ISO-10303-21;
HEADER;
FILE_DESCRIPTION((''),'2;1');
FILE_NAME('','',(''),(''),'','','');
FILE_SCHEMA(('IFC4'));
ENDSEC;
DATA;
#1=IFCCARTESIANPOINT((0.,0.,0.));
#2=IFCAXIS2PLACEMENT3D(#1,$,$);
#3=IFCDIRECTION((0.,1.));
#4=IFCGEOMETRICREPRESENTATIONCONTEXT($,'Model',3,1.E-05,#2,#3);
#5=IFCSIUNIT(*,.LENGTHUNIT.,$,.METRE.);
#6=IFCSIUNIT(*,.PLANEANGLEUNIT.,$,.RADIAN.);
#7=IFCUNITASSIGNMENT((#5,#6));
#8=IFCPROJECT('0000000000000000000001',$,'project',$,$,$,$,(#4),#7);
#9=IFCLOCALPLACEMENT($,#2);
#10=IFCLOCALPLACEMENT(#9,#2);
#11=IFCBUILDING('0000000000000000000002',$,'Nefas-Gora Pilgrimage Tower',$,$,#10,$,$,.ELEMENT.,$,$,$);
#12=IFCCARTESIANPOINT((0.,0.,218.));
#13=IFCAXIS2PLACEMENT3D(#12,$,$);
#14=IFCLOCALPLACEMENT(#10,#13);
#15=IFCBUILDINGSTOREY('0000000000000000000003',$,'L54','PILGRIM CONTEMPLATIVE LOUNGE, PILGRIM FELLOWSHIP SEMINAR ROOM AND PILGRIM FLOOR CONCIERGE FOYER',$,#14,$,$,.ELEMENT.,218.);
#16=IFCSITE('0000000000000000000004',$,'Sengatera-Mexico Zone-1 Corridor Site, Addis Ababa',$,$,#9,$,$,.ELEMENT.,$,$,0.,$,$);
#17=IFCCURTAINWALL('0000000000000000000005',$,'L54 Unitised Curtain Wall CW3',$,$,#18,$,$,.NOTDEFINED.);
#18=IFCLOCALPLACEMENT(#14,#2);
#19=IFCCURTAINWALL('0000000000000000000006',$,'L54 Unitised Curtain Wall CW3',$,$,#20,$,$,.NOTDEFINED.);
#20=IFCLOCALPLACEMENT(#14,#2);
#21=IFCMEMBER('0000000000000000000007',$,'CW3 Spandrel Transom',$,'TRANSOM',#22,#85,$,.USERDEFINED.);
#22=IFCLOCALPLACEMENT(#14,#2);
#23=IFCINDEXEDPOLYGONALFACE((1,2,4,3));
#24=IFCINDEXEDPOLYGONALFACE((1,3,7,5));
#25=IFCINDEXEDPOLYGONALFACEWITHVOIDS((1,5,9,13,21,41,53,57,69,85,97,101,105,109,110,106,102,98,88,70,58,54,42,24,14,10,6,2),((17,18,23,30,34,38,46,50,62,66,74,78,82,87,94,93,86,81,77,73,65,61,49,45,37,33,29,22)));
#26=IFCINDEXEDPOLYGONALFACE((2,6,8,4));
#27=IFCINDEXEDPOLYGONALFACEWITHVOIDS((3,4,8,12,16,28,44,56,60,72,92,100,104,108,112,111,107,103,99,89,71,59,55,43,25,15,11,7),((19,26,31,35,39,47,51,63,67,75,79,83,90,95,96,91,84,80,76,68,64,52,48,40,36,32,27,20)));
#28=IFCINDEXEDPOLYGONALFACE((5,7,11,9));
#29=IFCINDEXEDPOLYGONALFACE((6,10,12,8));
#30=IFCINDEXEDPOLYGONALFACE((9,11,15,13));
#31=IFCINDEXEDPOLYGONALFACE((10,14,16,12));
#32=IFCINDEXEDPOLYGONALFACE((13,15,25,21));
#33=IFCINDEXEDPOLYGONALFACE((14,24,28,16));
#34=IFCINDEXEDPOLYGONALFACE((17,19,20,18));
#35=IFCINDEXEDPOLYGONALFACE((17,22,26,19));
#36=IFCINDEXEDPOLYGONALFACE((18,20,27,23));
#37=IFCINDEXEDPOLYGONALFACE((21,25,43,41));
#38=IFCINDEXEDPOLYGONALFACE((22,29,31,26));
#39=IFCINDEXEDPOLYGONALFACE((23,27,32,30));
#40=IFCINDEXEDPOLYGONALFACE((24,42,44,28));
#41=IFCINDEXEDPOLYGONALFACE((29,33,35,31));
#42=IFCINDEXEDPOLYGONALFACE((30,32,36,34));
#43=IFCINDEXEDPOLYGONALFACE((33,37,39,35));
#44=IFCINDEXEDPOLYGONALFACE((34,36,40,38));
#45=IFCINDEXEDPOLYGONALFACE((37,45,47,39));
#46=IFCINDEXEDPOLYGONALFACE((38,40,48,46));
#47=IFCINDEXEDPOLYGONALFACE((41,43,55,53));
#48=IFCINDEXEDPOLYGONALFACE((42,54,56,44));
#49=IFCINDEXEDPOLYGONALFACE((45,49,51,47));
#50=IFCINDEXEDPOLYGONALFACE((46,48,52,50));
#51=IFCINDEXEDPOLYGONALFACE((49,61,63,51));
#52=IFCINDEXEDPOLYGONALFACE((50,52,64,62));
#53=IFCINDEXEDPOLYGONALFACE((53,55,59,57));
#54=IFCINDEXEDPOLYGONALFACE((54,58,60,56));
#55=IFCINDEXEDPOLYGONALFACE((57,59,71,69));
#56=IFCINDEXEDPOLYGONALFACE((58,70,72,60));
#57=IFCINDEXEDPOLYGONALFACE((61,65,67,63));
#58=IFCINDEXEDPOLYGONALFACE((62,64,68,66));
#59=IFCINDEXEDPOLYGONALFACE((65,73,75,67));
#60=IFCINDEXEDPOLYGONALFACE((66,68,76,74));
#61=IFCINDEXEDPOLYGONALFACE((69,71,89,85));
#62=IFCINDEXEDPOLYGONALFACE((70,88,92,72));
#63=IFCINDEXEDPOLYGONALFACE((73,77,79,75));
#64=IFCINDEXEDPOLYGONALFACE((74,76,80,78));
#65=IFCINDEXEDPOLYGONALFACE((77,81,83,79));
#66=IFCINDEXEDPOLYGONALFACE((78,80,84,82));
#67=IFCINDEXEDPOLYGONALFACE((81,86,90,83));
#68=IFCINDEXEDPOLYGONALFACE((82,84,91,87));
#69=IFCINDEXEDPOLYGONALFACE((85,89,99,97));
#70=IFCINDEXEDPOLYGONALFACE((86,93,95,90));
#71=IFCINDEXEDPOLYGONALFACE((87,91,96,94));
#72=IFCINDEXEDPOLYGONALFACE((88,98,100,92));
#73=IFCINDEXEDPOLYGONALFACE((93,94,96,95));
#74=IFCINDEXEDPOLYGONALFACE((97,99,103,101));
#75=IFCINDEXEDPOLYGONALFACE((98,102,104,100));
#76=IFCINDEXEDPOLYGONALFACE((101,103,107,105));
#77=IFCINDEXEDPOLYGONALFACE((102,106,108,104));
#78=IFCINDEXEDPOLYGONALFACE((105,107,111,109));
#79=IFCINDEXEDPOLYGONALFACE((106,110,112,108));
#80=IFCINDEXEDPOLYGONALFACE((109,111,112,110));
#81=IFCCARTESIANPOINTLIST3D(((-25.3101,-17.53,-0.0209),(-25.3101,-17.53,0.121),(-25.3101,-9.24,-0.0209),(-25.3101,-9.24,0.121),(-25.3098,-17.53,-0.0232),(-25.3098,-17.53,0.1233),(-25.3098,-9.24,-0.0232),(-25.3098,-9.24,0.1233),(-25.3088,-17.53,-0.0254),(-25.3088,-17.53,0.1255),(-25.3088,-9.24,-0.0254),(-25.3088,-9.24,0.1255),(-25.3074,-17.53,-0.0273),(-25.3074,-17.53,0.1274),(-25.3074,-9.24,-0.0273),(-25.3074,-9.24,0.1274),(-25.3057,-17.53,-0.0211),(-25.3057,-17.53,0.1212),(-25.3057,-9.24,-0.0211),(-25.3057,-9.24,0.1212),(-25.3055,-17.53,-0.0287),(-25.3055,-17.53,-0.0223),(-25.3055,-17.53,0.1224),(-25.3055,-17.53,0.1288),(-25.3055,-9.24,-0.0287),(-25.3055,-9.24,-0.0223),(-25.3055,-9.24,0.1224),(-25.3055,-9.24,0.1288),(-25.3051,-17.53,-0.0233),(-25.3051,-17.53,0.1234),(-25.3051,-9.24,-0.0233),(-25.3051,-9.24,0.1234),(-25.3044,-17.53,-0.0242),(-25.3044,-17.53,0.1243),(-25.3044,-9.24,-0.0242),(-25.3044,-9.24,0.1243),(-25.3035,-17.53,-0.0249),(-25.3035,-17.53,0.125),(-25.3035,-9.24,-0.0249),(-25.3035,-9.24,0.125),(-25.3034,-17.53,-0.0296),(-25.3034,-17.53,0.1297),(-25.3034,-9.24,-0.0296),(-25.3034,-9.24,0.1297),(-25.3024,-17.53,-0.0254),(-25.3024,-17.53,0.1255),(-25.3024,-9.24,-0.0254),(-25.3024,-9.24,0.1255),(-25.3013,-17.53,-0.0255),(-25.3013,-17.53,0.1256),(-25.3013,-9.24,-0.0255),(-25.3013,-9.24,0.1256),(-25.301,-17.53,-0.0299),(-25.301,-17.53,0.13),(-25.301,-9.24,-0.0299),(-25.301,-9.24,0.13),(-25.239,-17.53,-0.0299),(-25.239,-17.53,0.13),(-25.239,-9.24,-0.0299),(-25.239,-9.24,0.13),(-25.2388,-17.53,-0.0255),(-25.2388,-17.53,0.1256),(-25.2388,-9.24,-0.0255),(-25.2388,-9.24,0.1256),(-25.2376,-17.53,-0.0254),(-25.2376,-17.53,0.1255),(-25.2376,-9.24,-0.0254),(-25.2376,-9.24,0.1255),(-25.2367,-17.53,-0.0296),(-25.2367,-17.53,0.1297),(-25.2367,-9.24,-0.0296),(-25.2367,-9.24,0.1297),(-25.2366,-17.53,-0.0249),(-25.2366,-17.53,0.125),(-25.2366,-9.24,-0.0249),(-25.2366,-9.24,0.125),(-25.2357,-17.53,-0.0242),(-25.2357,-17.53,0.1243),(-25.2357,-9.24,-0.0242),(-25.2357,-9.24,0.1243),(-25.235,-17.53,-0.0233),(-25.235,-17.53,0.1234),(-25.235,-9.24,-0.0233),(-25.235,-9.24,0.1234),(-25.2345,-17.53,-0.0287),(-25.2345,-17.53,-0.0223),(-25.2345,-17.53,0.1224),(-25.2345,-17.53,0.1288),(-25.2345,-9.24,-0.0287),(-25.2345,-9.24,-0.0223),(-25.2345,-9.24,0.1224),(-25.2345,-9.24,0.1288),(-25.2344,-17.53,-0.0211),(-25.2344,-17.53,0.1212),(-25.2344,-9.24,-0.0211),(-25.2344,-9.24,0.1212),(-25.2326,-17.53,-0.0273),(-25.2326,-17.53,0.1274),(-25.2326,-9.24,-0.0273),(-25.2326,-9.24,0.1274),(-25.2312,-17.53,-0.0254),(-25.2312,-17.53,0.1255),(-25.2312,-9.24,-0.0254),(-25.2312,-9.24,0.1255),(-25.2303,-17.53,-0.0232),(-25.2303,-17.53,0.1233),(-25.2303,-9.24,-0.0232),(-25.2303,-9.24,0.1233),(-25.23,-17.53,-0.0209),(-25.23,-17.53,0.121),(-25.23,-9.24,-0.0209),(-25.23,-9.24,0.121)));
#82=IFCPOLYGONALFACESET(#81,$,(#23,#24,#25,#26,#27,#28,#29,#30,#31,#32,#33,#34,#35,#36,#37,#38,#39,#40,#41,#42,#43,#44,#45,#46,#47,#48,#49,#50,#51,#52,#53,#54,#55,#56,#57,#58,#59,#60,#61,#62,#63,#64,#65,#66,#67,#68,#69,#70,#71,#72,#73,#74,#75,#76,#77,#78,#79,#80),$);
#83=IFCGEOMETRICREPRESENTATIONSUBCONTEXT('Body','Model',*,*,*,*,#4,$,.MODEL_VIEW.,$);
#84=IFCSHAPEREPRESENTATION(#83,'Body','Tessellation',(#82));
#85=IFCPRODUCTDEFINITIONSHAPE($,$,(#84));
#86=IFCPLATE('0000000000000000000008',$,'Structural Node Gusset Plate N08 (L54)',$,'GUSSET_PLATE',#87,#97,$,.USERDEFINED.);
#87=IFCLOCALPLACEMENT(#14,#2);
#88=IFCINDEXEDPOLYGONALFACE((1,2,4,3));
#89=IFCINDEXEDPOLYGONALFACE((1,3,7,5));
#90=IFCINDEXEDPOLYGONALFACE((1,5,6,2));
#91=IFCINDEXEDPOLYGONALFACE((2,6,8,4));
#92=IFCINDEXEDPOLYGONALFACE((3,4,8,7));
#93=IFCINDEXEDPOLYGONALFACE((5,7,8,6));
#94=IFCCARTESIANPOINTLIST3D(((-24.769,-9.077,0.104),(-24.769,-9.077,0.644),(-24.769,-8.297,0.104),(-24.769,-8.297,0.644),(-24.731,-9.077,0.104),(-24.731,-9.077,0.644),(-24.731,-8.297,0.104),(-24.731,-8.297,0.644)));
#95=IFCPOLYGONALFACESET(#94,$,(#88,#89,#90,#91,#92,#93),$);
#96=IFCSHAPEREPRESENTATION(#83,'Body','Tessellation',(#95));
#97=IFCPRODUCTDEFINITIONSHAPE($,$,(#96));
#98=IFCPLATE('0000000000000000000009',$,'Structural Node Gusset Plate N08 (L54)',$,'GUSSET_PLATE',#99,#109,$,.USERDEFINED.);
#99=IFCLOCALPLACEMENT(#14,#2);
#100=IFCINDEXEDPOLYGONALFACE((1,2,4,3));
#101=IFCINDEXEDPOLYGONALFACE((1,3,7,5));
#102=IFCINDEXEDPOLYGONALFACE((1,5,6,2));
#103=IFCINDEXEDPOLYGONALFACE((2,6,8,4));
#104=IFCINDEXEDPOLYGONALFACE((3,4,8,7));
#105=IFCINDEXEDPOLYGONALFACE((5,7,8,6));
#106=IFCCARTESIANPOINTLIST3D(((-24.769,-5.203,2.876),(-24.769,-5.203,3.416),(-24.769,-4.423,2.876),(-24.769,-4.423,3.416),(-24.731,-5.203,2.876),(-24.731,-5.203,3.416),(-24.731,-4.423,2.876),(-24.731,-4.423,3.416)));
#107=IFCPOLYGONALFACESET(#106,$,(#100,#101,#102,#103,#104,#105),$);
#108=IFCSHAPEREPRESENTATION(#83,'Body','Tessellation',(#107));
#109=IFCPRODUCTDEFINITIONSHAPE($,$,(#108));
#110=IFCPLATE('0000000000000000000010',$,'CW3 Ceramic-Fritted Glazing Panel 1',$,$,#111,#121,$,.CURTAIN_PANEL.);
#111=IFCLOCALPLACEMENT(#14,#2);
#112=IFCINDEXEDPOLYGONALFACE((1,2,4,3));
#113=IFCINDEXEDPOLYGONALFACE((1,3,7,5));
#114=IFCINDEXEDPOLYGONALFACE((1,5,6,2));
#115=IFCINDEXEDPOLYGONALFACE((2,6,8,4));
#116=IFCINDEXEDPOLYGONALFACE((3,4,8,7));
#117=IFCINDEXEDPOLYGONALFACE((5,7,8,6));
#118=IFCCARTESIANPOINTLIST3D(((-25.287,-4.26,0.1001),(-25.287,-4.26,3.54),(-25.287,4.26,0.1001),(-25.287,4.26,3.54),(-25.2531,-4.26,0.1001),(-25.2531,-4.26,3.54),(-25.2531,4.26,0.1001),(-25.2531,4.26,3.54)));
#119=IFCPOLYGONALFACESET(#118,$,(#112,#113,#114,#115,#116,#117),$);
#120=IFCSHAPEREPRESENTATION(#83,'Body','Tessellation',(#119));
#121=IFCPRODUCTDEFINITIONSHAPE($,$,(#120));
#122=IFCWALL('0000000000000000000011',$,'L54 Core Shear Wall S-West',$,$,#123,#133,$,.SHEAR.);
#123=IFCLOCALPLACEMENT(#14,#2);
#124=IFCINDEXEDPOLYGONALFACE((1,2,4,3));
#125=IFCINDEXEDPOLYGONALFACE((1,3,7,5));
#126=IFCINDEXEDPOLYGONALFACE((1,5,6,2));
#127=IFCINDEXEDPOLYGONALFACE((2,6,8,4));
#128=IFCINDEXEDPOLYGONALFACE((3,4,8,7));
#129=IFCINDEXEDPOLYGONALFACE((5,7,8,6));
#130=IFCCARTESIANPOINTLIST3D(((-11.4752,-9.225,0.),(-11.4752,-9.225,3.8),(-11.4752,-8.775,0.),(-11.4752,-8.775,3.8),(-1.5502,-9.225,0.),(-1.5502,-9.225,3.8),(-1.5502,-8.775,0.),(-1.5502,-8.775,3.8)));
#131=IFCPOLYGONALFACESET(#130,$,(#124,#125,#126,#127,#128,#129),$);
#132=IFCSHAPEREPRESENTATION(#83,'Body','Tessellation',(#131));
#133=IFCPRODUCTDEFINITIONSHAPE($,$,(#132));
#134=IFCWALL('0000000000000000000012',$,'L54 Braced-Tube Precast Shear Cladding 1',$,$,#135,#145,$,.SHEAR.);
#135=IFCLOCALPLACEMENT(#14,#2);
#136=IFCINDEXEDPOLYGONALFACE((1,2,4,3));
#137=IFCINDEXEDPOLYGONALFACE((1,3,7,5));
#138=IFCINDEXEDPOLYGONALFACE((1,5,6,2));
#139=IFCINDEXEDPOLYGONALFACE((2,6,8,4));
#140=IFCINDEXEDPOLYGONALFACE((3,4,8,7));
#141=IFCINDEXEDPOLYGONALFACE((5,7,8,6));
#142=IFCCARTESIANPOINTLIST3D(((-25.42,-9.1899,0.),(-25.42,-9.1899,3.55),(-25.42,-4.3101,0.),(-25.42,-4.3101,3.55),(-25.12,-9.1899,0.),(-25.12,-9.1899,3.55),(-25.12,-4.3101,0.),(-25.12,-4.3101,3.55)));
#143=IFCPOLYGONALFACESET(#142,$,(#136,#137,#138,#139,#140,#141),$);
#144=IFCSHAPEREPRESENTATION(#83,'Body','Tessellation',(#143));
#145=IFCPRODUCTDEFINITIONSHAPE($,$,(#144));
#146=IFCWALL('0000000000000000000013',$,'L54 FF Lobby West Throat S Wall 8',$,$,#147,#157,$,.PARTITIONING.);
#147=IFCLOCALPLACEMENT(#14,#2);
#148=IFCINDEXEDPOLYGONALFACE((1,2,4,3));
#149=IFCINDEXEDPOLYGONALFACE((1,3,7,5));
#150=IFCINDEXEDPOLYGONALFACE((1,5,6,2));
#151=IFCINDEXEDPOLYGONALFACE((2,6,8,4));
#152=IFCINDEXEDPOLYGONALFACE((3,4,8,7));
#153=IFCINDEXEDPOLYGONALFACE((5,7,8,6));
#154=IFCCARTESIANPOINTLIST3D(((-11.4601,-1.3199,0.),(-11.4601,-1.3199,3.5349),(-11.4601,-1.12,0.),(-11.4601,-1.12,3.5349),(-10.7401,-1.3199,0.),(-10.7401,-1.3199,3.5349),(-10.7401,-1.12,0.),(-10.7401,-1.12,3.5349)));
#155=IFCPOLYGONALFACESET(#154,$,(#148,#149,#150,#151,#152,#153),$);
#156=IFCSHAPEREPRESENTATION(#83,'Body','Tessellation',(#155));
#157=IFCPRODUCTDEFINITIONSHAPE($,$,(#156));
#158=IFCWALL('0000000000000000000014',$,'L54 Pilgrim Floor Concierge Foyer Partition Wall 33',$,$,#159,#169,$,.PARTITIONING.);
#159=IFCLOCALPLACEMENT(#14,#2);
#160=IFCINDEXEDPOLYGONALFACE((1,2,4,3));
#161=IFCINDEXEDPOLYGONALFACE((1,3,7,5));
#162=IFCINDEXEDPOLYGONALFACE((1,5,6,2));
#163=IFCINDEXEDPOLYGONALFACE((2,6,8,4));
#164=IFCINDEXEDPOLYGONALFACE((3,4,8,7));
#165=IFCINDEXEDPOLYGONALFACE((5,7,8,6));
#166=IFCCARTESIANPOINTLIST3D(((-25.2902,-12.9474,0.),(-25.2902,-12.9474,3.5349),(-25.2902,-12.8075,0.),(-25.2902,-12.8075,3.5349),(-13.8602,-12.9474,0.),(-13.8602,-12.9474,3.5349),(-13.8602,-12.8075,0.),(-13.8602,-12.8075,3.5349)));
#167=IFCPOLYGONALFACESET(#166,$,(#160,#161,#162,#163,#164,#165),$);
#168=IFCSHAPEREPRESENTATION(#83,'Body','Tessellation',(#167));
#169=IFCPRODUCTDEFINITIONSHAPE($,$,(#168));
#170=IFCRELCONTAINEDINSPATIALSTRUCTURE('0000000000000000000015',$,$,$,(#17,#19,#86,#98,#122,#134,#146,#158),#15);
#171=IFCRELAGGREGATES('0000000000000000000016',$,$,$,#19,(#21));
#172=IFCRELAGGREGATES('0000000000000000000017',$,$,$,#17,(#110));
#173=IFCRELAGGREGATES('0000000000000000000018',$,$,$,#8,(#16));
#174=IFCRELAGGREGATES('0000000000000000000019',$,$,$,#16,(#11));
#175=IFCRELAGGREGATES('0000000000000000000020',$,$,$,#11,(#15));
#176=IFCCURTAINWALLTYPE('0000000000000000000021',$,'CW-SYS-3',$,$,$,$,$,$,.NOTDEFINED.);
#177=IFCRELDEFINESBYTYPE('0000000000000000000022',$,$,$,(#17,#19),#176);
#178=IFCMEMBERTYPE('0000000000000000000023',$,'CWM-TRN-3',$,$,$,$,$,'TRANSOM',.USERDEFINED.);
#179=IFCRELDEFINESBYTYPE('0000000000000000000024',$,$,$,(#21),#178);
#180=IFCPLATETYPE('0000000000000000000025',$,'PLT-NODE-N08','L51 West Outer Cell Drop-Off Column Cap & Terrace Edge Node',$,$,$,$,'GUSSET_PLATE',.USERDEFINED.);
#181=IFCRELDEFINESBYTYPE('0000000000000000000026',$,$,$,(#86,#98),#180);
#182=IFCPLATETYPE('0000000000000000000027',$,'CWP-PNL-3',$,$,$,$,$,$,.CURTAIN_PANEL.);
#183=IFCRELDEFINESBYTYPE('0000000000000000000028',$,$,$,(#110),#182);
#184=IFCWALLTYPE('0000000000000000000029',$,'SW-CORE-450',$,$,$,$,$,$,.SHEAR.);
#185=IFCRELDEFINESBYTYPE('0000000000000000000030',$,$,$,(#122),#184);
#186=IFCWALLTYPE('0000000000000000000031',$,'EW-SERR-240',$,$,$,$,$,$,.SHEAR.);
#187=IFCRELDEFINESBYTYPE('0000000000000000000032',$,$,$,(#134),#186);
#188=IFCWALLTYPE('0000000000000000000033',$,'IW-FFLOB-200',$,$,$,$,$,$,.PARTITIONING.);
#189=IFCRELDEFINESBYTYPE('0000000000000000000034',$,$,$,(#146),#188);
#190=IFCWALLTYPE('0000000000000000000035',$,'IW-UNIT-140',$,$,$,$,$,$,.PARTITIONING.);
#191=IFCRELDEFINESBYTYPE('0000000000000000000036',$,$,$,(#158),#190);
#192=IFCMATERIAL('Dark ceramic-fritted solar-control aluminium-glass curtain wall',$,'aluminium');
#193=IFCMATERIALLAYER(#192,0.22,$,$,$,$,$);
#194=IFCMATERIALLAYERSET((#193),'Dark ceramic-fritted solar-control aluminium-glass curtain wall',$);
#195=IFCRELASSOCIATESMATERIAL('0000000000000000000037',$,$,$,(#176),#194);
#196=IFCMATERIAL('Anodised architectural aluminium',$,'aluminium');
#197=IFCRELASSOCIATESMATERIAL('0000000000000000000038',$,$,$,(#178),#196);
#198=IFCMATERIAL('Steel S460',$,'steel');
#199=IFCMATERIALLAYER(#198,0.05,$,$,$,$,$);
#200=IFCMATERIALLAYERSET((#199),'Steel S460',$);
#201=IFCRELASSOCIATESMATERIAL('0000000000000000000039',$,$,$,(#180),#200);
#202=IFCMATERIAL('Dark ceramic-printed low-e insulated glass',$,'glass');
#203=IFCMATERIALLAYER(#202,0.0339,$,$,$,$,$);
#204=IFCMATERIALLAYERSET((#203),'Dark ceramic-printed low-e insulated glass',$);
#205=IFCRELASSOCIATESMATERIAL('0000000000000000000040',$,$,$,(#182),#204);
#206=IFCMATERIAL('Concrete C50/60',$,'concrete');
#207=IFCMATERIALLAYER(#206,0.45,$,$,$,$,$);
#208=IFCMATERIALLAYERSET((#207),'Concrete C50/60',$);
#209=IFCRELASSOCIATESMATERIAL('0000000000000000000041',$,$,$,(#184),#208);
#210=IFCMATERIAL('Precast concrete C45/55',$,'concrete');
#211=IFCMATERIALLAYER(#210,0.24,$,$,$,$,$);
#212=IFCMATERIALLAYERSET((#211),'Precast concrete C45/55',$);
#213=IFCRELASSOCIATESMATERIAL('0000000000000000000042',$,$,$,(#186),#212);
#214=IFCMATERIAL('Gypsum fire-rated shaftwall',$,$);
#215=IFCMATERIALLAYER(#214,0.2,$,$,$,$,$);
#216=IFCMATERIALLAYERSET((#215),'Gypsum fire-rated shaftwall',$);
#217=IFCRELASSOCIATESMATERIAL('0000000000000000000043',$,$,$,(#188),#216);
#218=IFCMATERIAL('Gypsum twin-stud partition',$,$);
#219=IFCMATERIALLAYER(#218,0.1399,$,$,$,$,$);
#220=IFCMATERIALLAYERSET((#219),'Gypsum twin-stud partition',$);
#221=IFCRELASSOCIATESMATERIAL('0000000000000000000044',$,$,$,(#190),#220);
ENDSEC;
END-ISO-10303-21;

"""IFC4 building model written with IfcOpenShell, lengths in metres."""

from ifc_helpers import new_model, si_unit, direction, frame, frame_2d, origin, origin_2d, place, context, subcontext, project, spatial, rectangle, hollow_rectangle, extrude, source, transform, mapped, material, layer, layer_set, material_profile, profile_set, type_object, element, aggregate, save


model = new_model("IFC4")

# Units and contexts
model_context = context("Model", 3, precision=1e-05, world=origin(), true_north=direction((0.0, 1.0)))
body_context = subcontext(model_context, "Body", "Model", "MODEL_VIEW")
ifc_project = project(units=[si_unit("LENGTHUNIT", "METRE"), si_unit("PLANEANGLEUNIT", "RADIAN")], contexts=[model_context])

# Site, building, storey
site_placement = place(None, origin())
site = spatial("IfcSite", under=ifc_project, at=site_placement, Name="Sengatera-Mexico Zone-1 Corridor Site, Addis Ababa", CompositionType="ELEMENT", RefElevation=0.0)
building_placement = place(site_placement, origin())
building = spatial("IfcBuilding", under=site, at=building_placement, Name="Nefas-Gora Pilgrimage Tower", CompositionType="ELEMENT")
storey_placement = place(building_placement, frame((0.0, 0.0, 218.0)))
storey = spatial("IfcBuildingStorey", under=building, at=storey_placement, Name="L54", Description="PILGRIM CONTEMPLATIVE LOUNGE, PILGRIM FELLOWSHIP SEMINAR ROOM AND PILGRIM FLOOR CONCIERGE FOYER", CompositionType="ELEMENT", Elevation=218.0)

# Shared definitions
ifc_material_1 = material(Name="Steel S460", Category="steel")

# Curtain wall
ifc_material_2 = material(Name="Dark ceramic-fritted solar-control aluminium-glass curtain wall", Category="aluminium")
ifc_layer_1 = layer(ifc_material_2, 0.22)
ifc_layer_set_1 = layer_set([ifc_layer_1], Name="Dark ceramic-fritted solar-control aluminium-glass curtain wall")
curtain_wall_type = type_object("IfcCurtainWallType", Name="CW-SYS-3", PredefinedType="NOTDEFINED", material=ifc_layer_set_1)
curtain_wall_1_placement = place(storey_placement, origin())
curtain_wall_1 = element("IfcCurtainWall", 1, at=curtain_wall_1_placement, inside=storey, type_object=curtain_wall_type, Name="L54 Unitised Curtain Wall CW3", PredefinedType="NOTDEFINED")
ifc_material_3 = material(Name="Anodised architectural aluminium", Category="aluminium")

# Curtain wall, member
curtain_wall_2_placement = place(storey_placement, origin())
curtain_wall_2 = element("IfcCurtainWall", 2, at=curtain_wall_2_placement, inside=storey, type_object=curtain_wall_type, Name="L54 Unitised Curtain Wall CW3", PredefinedType="NOTDEFINED")
ifc_material_profile_1 = material_profile(ifc_material_3, hollow_rectangle(XDim=0.0801, YDim=0.1599, WallThickness=0.0044, InnerFilletRadius=0.0044, OuterFilletRadius=0.009, at=origin_2d()), Name="ALU TRANSOM 80x160")
ifc_profile_set_1 = profile_set([ifc_material_profile_1], Name="Anodised architectural aluminium")
member_type_1 = type_object("IfcMemberType", Name="CWM-TRN-3", ElementType="TRANSOM", PredefinedType="USERDEFINED", material=ifc_profile_set_1)
shared_shape_1 = source(origin(), body_context, "Body", "SweptSolid", [
    extrude(hollow_rectangle(XDim=0.0801, YDim=0.1599, WallThickness=0.0044, InnerFilletRadius=0.0044, OuterFilletRadius=0.009, at=origin_2d()), origin(), (0.0, 0.0, 1.0), 8.29),
])
member_1_placement = place(storey_placement, frame((-25.27, -9.24, 0.05), z_axis=(0.0, -1.0, 0.0), x_axis=(1.0, 0.0, 0.0)))
member_1 = element("IfcMember", 3, at=member_1_placement, type_object=member_type_1, Name="CW3 Spandrel Transom", ObjectType="TRANSOM", PredefinedType="USERDEFINED", context=body_context, shape_type="MappedRepresentation", body=[
    mapped(shared_shape_1, transform((0.0, 0.0, 0.0), x_axis=(1.0, 0.0, 0.0), y_axis=(0.0, 1.0, 0.0), z_axis=(0.0, 0.0, 1.0), scale=1.0)),
])
aggregate(curtain_wall_2, [member_1])

# Plates
ifc_layer_2 = layer(ifc_material_1, 0.05)
ifc_layer_set_2 = layer_set([ifc_layer_2], Name="Steel S460")
plate_type_1 = type_object("IfcPlateType", Name="PLT-NODE-N08", Description="L51 West Outer Cell Drop-Off Column Cap & Terrace Edge Node", ElementType="GUSSET_PLATE", PredefinedType="USERDEFINED", material=ifc_layer_set_2)
shared_shape_2 = source(origin(), body_context, "Body", "SweptSolid", [
    extrude(rectangle(XDim=0.78, YDim=0.0381, at=origin_2d()), origin(), (0.0, 0.0, 1.0), 0.54),
])
for number, where, z_axis, x_axis, name in (
    (4, (-24.75, -8.687, 0.104), (0.0, 0.0, 1.0), (0.0, 1.0, 0.0), "Structural Node Gusset Plate N08 (L54)"),
    (5, (-24.75, -4.813, 2.876), (0.0, 0.0, 1.0), (0.0, 1.0, 0.0), "Structural Node Gusset Plate N08 (L54)"),
):
    element("IfcPlate", number, at=place(storey_placement, frame(where, z_axis=z_axis, x_axis=x_axis)), inside=storey, type_object=plate_type_1, Name=name, ObjectType="GUSSET_PLATE", PredefinedType="USERDEFINED", context=body_context, shape_type="MappedRepresentation", body=[
        mapped(shared_shape_2, transform((0.0, 0.0, 0.0), x_axis=(1.0, 0.0, 0.0), y_axis=(0.0, 1.0, 0.0), z_axis=(0.0, 0.0, 1.0), scale=1.0)),
    ])

# Plate
ifc_material_4 = material(Name="Dark ceramic-printed low-e insulated glass", Category="glass")
ifc_layer_3 = layer(ifc_material_4, 0.0339)
ifc_layer_set_3 = layer_set([ifc_layer_3], Name="Dark ceramic-printed low-e insulated glass")
plate_type_2 = type_object("IfcPlateType", Name="CWP-PNL-3", PredefinedType="CURTAIN_PANEL", material=ifc_layer_set_3)
shared_shape_3 = source(origin(), body_context, "Body", "SweptSolid", [
    extrude(rectangle(XDim=8.52, YDim=0.0339, at=origin_2d()), origin(), (0.0, 0.0, 1.0), 3.4399),
])
plate_placement = place(storey_placement, frame((-25.27, 0.0, 0.1001), z_axis=(0.0, 0.0, 1.0), x_axis=(0.0, -1.0, 0.0)))
plate = element("IfcPlate", 6, at=plate_placement, type_object=plate_type_2, Name="CW3 Ceramic-Fritted Glazing Panel 1", PredefinedType="CURTAIN_PANEL", context=body_context, shape_type="MappedRepresentation", body=[
    mapped(shared_shape_3, transform((0.0, 0.0, 0.0), x_axis=(1.0, 0.0, 0.0), y_axis=(0.0, 1.0, 0.0), z_axis=(0.0, 0.0, 1.0), scale=1.0)),
])
aggregate(curtain_wall_1, [plate])

# Walls
ifc_material_5 = material(Name="Concrete C50/60", Category="concrete")
ifc_layer_4 = layer(ifc_material_5, 0.45)
ifc_layer_set_4 = layer_set([ifc_layer_4], Name="Concrete C50/60")
wall_type_1 = type_object("IfcWallType", Name="SW-CORE-450", PredefinedType="SHEAR", material=ifc_layer_set_4)
shared_shape_4 = source(origin(), body_context, "Body", "SweptSolid", [
    extrude(rectangle(XDim=9.925, YDim=0.45, at=frame_2d((4.9624, 0.0))), origin(), (0.0, 0.0, 1.0), 3.8),
])
wall_1_placement = place(storey_placement, frame((-11.4751, -9.0, 0.0), z_axis=(0.0, 0.0, 1.0), x_axis=(1.0, 0.0, 0.0)))
element("IfcWall", 7, at=wall_1_placement, inside=storey, type_object=wall_type_1, Name="L54 Core Shear Wall S-West", PredefinedType="SHEAR", context=body_context, shape_type="MappedRepresentation", body=[
    mapped(shared_shape_4, transform((0.0, 0.0, 0.0), x_axis=(1.0, 0.0, 0.0), y_axis=(0.0, 1.0, 0.0), z_axis=(0.0, 0.0, 1.0), scale=1.0)),
])
ifc_material_6 = material(Name="Precast concrete C45/55", Category="concrete")
ifc_layer_5 = layer(ifc_material_6, 0.24)
ifc_layer_set_5 = layer_set([ifc_layer_5], Name="Precast concrete C45/55")
wall_type_2 = type_object("IfcWallType", Name="EW-SERR-240", PredefinedType="SHEAR", material=ifc_layer_set_5)
shared_shape_5 = source(origin(), body_context, "Body", "SweptSolid", [
    extrude(rectangle(XDim=4.8799, YDim=0.3, at=frame_2d((2.4399, 0.0))), origin(), (0.0, 0.0, 1.0), 3.55),
])
wall_2_placement = place(storey_placement, frame((-25.27, -9.1899, 0.0), z_axis=(0.0, 0.0, 1.0), x_axis=(0.0, 1.0, 0.0)))
element("IfcWall", 8, at=wall_2_placement, inside=storey, type_object=wall_type_2, Name="L54 Braced-Tube Precast Shear Cladding 1", PredefinedType="SHEAR", context=body_context, shape_type="MappedRepresentation", body=[
    mapped(shared_shape_5, transform((0.0, 0.0, 0.0), x_axis=(1.0, 0.0, 0.0), y_axis=(0.0, 1.0, 0.0), z_axis=(0.0, 0.0, 1.0), scale=1.0)),
])
ifc_material_7 = material(Name="Gypsum fire-rated shaftwall")
ifc_layer_6 = layer(ifc_material_7, 0.2)
ifc_layer_set_6 = layer_set([ifc_layer_6], Name="Gypsum fire-rated shaftwall")
wall_type_3 = type_object("IfcWallType", Name="IW-FFLOB-200", PredefinedType="PARTITIONING", material=ifc_layer_set_6)
shared_shape_6 = source(origin(), body_context, "Body", "SweptSolid", [
    extrude(rectangle(XDim=0.72, YDim=0.2, at=frame_2d((0.3599, 0.0))), origin(), (0.0, 0.0, 1.0), 3.5349),
])
wall_3_placement = place(storey_placement, frame((-11.46, -1.22, 0.0), z_axis=(0.0, 0.0, 1.0), x_axis=(1.0, 0.0, 0.0)))
element("IfcWall", 9, at=wall_3_placement, inside=storey, type_object=wall_type_3, Name="L54 FF Lobby West Throat S Wall 8", PredefinedType="PARTITIONING", context=body_context, shape_type="MappedRepresentation", body=[
    mapped(shared_shape_6, transform((0.0, 0.0, 0.0), x_axis=(1.0, 0.0, 0.0), y_axis=(0.0, 1.0, 0.0), z_axis=(0.0, 0.0, 1.0), scale=1.0)),
])
ifc_material_8 = material(Name="Gypsum twin-stud partition")
ifc_layer_7 = layer(ifc_material_8, 0.1399)
ifc_layer_set_7 = layer_set([ifc_layer_7], Name="Gypsum twin-stud partition")
wall_type_4 = type_object("IfcWallType", Name="IW-UNIT-140", PredefinedType="PARTITIONING", material=ifc_layer_set_7)
shared_shape_7 = source(origin(), body_context, "Body", "SweptSolid", [
    extrude(rectangle(XDim=11.4299, YDim=0.1399, at=frame_2d((5.7148, 0.0))), origin(), (0.0, 0.0, 1.0), 3.5349),
])
for number, where, z_axis, x_axis, name in (
    (10, (-25.29, -12.8774, 0.0), (0.0, 0.0, 1.0), (1.0, 0.0, 0.0), "L54 Pilgrim Floor Concierge Foyer Partition Wall 33"),
):
    element("IfcWall", number, at=place(storey_placement, frame(where, z_axis=z_axis, x_axis=x_axis)), inside=storey, type_object=wall_type_4, Name=name, PredefinedType="PARTITIONING", context=body_context, shape_type="MappedRepresentation", body=[
        mapped(shared_shape_7, transform((0.0, 0.0, 0.0), x_axis=(1.0, 0.0, 0.0), y_axis=(0.0, 1.0, 0.0), z_axis=(0.0, 0.0, 1.0), scale=1.0)),
    ])

save(model, "model.ifc")
